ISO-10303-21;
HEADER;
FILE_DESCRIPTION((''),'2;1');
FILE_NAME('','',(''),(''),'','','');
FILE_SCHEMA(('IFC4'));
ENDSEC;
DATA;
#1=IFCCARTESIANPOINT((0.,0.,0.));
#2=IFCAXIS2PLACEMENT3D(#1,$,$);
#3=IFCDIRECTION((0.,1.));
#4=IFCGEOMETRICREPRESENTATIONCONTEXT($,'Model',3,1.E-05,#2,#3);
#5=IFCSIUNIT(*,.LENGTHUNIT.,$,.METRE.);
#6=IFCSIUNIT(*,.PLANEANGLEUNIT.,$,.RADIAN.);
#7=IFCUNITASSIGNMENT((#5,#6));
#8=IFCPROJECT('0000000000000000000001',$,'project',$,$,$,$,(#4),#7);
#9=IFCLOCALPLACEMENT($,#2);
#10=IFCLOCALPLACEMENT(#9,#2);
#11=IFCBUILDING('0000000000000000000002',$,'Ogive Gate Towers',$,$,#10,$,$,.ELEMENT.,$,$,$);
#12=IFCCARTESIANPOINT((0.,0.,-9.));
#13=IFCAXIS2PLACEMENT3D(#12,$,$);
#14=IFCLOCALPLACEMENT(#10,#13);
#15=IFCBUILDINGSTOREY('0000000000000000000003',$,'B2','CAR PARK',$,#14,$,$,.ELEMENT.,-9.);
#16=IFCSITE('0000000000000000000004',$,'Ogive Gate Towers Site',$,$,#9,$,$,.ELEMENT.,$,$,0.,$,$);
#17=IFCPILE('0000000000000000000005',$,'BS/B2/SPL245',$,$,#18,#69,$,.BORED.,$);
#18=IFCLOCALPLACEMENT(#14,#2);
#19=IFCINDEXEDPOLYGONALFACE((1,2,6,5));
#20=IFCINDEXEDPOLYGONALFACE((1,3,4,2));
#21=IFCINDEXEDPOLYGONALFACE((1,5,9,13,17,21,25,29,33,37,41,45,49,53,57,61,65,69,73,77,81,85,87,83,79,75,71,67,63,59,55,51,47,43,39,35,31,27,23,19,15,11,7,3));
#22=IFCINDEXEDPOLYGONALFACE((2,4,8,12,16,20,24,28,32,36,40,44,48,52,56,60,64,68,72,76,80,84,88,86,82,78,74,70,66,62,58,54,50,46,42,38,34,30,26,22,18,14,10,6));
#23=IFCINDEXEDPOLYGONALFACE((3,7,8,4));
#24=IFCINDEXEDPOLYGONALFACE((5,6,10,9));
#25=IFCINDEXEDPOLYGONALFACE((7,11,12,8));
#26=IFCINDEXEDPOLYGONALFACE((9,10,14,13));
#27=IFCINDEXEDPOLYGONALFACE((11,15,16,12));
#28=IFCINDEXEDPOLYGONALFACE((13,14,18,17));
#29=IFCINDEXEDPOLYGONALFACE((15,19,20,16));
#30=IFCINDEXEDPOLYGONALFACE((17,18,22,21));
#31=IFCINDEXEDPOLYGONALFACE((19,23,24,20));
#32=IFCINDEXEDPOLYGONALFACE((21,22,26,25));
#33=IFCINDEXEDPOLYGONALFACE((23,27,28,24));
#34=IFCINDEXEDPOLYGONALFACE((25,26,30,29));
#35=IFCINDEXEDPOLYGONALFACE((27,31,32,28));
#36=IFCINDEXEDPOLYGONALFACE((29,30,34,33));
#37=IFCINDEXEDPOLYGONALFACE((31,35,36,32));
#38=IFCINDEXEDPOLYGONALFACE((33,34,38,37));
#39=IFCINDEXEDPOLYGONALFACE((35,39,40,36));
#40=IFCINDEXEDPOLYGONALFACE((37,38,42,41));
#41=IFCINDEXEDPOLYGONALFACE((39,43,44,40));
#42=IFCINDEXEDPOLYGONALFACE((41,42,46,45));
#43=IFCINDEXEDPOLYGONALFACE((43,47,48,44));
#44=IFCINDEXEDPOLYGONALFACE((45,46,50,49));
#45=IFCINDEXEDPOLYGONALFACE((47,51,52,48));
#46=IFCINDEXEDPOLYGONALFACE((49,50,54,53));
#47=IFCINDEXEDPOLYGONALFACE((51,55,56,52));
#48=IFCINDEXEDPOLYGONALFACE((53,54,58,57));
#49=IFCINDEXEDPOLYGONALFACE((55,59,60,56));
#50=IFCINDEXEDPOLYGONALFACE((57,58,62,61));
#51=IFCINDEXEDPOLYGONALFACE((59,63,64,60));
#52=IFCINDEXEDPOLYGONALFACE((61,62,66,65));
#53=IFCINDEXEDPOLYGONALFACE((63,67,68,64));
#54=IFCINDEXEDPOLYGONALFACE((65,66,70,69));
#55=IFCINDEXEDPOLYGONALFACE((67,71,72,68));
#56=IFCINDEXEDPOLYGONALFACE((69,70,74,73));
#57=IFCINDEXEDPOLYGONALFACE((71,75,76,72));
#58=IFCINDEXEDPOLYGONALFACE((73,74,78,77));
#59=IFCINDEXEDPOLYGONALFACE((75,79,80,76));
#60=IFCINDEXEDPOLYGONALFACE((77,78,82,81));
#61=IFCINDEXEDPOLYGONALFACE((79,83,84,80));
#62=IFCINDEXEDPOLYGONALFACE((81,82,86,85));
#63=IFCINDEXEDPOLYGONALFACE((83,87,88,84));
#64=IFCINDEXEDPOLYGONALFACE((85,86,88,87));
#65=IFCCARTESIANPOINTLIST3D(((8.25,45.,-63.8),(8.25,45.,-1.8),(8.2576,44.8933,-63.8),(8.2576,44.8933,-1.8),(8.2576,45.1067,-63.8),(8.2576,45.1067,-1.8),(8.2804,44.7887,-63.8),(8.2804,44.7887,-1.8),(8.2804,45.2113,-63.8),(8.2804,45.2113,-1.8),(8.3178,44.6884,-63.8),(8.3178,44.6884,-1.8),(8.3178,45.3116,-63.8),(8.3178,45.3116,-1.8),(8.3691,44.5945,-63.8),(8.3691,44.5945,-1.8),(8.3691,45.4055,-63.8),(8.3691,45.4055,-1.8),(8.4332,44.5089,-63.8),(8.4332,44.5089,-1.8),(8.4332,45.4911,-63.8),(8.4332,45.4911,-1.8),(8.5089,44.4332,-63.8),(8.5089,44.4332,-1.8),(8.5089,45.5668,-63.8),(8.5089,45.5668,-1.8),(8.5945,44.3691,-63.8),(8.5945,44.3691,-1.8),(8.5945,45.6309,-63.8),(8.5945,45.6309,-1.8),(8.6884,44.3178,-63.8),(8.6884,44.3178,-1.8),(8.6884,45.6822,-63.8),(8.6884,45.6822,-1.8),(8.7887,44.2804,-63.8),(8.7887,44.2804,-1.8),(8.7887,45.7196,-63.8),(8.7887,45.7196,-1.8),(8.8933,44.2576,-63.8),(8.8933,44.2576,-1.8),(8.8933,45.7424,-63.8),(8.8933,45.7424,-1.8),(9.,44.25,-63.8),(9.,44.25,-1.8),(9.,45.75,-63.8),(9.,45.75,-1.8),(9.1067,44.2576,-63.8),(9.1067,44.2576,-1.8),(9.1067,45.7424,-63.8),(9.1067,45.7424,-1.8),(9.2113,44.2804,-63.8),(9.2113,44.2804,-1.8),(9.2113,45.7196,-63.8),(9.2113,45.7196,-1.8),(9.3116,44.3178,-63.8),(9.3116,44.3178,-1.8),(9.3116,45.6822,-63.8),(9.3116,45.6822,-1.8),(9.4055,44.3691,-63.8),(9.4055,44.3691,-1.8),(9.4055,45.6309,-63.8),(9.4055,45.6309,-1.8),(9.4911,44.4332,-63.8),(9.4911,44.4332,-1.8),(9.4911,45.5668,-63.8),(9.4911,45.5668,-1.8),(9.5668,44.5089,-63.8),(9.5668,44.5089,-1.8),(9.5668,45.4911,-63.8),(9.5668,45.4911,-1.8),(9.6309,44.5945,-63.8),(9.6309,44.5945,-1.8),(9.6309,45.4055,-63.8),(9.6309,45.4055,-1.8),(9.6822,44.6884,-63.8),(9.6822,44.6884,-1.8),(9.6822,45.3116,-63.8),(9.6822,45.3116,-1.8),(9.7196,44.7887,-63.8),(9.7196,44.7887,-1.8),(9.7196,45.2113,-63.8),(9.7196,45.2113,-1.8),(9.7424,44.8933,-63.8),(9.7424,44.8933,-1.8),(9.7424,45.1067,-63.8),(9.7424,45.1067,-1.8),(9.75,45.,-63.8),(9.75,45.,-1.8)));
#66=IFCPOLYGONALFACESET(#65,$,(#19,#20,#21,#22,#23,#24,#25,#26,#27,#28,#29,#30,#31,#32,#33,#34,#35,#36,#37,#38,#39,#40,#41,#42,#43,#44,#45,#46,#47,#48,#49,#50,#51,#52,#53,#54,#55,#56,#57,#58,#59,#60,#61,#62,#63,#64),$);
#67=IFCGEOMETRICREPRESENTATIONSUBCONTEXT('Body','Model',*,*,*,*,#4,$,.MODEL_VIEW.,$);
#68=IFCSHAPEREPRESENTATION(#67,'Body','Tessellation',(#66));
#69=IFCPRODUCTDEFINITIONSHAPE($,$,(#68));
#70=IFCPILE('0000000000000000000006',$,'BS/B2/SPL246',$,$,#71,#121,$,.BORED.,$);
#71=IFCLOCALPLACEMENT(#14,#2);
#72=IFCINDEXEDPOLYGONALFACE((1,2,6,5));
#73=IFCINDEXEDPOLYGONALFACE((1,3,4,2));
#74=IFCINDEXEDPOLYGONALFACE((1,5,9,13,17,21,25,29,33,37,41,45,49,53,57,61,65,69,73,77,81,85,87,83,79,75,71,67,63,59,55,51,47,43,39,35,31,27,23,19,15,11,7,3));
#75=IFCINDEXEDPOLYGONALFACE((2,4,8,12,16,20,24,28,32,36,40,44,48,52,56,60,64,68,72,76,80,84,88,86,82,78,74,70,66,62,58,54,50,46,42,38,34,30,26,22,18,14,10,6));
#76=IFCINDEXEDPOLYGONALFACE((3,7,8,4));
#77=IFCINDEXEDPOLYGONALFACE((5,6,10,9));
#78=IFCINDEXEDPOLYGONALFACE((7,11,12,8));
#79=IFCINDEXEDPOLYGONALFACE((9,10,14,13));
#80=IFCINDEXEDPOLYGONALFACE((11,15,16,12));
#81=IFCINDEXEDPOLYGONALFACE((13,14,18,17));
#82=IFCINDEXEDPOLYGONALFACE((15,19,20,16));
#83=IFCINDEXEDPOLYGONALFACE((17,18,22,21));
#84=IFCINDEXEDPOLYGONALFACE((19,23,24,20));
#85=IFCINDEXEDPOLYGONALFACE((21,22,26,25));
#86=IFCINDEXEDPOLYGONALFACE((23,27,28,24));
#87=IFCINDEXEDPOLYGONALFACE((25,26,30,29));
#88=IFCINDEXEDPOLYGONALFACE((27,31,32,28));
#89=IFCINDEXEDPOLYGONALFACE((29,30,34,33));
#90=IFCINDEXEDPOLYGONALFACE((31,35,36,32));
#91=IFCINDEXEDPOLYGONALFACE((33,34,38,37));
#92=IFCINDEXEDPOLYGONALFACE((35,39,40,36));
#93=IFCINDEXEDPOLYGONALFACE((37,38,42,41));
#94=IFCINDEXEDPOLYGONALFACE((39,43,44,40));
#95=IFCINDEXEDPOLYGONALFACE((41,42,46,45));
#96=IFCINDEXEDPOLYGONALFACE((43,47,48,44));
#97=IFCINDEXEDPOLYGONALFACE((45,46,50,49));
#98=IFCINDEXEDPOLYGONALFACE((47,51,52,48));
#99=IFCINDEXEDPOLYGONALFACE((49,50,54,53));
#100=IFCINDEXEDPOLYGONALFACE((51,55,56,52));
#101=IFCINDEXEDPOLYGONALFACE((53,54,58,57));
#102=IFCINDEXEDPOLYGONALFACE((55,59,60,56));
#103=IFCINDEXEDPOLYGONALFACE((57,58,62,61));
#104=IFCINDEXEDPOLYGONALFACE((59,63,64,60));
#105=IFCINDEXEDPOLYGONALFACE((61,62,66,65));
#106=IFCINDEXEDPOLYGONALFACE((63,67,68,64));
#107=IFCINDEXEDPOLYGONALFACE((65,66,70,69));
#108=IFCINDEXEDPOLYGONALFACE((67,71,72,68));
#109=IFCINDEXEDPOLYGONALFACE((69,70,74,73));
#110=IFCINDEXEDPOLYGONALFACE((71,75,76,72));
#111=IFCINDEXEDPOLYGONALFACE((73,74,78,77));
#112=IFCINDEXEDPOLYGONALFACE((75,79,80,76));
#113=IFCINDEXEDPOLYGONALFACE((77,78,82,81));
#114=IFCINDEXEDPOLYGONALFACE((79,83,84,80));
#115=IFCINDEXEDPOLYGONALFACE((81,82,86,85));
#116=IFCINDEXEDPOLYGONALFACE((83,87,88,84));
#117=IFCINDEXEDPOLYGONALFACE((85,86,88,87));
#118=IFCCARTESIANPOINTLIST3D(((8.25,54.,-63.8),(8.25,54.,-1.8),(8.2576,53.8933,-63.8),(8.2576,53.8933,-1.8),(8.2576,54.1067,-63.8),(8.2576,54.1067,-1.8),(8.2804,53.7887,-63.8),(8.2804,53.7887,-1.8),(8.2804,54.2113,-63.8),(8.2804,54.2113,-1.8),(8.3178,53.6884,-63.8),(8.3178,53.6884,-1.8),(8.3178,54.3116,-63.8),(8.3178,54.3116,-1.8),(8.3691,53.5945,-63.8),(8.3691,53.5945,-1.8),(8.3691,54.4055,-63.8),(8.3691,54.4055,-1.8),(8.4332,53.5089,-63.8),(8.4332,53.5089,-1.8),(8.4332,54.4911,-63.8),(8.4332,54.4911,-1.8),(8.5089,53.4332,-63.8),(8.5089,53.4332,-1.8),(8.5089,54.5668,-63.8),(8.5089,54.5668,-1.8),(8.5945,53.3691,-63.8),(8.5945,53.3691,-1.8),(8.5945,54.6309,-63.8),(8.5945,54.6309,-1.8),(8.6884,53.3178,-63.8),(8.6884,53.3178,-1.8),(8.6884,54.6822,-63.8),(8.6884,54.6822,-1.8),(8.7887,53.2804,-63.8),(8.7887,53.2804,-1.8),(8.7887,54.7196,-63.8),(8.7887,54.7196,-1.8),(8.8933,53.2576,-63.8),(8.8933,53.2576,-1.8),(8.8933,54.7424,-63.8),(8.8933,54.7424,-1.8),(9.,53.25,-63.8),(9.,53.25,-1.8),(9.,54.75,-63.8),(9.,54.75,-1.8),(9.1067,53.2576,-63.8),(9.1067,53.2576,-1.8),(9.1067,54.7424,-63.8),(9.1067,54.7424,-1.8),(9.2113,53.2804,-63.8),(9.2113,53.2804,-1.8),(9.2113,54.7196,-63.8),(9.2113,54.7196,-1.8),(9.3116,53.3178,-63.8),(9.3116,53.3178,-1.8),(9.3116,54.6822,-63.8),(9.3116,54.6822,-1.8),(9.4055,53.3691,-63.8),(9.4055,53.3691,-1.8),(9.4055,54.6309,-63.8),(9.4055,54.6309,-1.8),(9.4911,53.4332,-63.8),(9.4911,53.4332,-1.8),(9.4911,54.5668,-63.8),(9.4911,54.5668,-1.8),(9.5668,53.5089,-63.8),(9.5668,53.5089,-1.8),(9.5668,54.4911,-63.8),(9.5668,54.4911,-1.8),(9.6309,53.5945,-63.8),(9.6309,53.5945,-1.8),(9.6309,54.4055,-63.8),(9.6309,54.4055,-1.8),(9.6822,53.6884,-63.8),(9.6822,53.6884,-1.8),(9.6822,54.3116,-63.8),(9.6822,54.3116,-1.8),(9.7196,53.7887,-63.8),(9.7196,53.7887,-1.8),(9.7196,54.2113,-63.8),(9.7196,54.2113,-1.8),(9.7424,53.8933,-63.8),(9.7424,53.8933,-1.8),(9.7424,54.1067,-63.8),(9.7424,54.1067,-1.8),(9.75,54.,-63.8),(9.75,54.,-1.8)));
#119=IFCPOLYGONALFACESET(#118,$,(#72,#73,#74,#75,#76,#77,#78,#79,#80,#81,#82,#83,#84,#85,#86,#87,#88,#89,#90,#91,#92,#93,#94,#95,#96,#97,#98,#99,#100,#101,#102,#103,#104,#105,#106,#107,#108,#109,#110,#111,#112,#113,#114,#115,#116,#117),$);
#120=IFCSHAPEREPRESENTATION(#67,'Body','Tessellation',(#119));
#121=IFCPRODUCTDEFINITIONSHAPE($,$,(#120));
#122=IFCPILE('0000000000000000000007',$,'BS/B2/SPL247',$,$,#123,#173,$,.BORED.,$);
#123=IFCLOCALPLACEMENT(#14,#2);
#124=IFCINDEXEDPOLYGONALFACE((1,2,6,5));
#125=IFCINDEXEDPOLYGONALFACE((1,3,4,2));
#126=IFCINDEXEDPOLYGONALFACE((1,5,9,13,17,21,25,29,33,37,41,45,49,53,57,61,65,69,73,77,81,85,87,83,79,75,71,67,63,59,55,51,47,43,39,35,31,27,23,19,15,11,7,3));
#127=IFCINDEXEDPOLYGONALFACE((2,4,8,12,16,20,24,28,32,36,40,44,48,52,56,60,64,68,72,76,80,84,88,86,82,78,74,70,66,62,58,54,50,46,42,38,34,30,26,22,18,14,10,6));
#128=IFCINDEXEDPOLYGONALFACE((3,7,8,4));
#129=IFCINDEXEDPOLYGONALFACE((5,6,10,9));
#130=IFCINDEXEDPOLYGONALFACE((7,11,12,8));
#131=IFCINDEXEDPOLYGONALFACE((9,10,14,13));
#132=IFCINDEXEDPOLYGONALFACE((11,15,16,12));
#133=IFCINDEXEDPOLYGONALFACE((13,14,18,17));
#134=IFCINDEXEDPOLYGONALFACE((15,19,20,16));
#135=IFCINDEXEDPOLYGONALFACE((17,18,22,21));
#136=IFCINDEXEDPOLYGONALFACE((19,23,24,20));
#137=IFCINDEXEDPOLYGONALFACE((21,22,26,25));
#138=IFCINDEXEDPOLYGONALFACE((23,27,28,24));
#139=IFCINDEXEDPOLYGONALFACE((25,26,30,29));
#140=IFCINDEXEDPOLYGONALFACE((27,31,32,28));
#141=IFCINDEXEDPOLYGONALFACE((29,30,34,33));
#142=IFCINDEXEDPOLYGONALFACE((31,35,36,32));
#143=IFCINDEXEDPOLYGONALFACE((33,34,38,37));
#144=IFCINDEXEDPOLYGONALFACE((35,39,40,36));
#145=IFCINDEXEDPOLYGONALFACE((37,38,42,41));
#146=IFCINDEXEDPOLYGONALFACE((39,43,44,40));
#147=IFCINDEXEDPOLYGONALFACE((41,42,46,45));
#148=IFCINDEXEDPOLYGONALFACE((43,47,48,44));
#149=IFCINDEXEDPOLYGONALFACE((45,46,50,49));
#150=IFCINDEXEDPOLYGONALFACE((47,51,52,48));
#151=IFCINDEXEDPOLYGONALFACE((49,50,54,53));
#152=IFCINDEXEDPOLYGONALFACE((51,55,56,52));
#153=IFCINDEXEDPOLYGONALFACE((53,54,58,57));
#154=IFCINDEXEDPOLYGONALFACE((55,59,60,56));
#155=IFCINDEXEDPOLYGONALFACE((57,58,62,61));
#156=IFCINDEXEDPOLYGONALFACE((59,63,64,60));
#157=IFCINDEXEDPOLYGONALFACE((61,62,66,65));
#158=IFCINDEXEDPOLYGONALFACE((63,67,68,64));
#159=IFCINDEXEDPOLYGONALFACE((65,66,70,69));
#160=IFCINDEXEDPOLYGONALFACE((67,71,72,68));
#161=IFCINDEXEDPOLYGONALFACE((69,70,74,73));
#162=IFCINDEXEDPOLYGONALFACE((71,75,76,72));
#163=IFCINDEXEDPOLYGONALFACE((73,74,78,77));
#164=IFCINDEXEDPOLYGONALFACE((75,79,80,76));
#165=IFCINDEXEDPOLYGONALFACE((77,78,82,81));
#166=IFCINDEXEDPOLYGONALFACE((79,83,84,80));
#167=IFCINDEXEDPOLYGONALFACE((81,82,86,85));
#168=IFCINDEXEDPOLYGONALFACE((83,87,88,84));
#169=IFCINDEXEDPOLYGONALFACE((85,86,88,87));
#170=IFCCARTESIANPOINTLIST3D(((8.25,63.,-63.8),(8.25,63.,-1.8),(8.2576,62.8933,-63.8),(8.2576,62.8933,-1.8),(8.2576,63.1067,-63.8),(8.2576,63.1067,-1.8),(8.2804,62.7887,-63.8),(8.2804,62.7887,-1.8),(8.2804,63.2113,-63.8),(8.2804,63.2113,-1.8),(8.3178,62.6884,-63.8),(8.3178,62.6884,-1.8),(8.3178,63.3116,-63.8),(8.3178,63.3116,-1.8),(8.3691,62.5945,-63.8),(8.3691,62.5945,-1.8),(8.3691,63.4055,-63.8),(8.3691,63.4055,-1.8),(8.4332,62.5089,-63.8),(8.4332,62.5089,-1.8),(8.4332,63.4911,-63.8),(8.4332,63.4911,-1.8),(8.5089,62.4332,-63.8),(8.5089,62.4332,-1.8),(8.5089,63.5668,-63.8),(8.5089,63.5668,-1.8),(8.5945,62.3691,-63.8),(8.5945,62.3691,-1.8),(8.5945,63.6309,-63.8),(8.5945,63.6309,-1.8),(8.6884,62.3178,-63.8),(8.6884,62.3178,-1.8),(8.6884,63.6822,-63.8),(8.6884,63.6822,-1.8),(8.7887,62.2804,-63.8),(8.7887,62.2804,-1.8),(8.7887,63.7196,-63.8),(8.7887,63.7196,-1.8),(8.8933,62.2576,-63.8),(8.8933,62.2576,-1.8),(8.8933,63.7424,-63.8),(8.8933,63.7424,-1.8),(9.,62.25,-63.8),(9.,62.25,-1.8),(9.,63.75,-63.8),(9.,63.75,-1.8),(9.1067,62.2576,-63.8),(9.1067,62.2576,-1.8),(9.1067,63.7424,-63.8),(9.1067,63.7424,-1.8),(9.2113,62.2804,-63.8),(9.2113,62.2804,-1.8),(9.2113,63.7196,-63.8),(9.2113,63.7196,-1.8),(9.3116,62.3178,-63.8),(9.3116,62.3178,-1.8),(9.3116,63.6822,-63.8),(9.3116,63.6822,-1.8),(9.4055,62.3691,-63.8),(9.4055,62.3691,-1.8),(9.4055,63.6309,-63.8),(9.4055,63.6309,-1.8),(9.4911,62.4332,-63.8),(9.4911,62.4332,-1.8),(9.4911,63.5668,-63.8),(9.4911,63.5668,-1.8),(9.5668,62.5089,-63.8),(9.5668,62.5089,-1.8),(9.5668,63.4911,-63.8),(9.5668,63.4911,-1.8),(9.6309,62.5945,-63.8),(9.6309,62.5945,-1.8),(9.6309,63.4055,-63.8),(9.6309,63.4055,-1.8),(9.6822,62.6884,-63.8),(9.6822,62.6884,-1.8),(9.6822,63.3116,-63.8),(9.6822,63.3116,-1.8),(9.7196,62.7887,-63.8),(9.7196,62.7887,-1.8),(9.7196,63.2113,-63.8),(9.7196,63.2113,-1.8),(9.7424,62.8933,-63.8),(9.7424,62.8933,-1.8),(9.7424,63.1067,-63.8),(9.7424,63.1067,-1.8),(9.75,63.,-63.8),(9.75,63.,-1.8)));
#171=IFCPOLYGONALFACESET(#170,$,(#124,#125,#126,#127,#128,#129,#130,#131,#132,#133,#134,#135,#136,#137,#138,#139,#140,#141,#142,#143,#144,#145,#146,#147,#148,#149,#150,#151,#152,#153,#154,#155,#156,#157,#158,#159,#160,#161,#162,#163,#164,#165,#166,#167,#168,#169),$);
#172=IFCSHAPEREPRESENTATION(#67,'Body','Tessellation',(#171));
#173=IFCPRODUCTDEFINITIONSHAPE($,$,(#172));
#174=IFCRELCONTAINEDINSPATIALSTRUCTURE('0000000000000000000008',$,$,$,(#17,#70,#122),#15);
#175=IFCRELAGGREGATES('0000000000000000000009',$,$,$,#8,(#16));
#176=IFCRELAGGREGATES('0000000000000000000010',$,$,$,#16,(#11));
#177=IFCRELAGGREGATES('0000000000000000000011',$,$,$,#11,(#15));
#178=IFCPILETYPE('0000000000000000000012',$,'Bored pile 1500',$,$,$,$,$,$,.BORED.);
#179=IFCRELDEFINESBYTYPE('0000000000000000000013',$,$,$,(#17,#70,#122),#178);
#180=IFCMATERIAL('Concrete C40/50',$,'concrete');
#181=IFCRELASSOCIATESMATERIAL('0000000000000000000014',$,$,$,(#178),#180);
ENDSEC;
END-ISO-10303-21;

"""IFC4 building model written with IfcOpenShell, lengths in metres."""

from ifc_helpers import new_model, si_unit, direction, frame, origin, origin_2d, place, context, subcontext, project, spatial, circle, extrude, material, material_profile, profile_set, type_object, element, save


model = new_model("IFC4")

# Units and contexts
model_context = context("Model", 3, precision=1e-05, world=origin(), true_north=direction((0.0, 1.0)))
body_context = subcontext(model_context, "Body", "Model", "MODEL_VIEW")
ifc_project = project(units=[si_unit("LENGTHUNIT", "METRE"), si_unit("PLANEANGLEUNIT", "RADIAN")], contexts=[model_context])

# Site, building, storey
site_placement = place(None, origin())
site = spatial("IfcSite", under=ifc_project, at=site_placement, Name="Ogive Gate Towers Site", CompositionType="ELEMENT", RefElevation=0.0)
building_placement = place(site_placement, origin())
building = spatial("IfcBuilding", under=site, at=building_placement, Name="Ogive Gate Towers", CompositionType="ELEMENT")
storey_placement = place(building_placement, frame((0.0, 0.0, -9.0)))
storey = spatial("IfcBuildingStorey", under=building, at=storey_placement, Name="B2", Description="CAR PARK", CompositionType="ELEMENT", Elevation=-9.0)

# Piles
ifc_material_1 = material(Name="Concrete C40/50", Category="concrete")
ifc_material_profile_1 = material_profile(ifc_material_1, circle(Radius=0.75, at=origin_2d()), Name="BP 1500")
ifc_profile_set_1 = profile_set([ifc_material_profile_1], Name="Concrete C40/50")
pile_type = type_object("IfcPileType", Name="Bored pile 1500", PredefinedType="BORED", material=ifc_profile_set_1)
for number, where, z_axis, x_axis, name in (
    (1, (9.0, 45.0, -1.8), (0.0, 0.0, -1.0), (1.0, 0.0, 0.0), "BS/B2/SPL245"),
    (2, (9.0, 54.0, -1.8), (0.0, 0.0, -1.0), (1.0, 0.0, 0.0), "BS/B2/SPL246"),
    (3, (9.0, 63.0, -1.8), (0.0, 0.0, -1.0), (1.0, 0.0, 0.0), "BS/B2/SPL247"),
):
    element("IfcPile", number, at=place(storey_placement, frame(where, z_axis=z_axis, x_axis=x_axis)), inside=storey, type_object=pile_type, Name=name, PredefinedType="BORED", context=body_context, shape_type="SweptSolid", body=[
        extrude(circle(Radius=0.75, at=origin_2d()), origin(), (0.0, 0.0, 1.0), 62.0),
    ])

save(model, "model.ifc")
